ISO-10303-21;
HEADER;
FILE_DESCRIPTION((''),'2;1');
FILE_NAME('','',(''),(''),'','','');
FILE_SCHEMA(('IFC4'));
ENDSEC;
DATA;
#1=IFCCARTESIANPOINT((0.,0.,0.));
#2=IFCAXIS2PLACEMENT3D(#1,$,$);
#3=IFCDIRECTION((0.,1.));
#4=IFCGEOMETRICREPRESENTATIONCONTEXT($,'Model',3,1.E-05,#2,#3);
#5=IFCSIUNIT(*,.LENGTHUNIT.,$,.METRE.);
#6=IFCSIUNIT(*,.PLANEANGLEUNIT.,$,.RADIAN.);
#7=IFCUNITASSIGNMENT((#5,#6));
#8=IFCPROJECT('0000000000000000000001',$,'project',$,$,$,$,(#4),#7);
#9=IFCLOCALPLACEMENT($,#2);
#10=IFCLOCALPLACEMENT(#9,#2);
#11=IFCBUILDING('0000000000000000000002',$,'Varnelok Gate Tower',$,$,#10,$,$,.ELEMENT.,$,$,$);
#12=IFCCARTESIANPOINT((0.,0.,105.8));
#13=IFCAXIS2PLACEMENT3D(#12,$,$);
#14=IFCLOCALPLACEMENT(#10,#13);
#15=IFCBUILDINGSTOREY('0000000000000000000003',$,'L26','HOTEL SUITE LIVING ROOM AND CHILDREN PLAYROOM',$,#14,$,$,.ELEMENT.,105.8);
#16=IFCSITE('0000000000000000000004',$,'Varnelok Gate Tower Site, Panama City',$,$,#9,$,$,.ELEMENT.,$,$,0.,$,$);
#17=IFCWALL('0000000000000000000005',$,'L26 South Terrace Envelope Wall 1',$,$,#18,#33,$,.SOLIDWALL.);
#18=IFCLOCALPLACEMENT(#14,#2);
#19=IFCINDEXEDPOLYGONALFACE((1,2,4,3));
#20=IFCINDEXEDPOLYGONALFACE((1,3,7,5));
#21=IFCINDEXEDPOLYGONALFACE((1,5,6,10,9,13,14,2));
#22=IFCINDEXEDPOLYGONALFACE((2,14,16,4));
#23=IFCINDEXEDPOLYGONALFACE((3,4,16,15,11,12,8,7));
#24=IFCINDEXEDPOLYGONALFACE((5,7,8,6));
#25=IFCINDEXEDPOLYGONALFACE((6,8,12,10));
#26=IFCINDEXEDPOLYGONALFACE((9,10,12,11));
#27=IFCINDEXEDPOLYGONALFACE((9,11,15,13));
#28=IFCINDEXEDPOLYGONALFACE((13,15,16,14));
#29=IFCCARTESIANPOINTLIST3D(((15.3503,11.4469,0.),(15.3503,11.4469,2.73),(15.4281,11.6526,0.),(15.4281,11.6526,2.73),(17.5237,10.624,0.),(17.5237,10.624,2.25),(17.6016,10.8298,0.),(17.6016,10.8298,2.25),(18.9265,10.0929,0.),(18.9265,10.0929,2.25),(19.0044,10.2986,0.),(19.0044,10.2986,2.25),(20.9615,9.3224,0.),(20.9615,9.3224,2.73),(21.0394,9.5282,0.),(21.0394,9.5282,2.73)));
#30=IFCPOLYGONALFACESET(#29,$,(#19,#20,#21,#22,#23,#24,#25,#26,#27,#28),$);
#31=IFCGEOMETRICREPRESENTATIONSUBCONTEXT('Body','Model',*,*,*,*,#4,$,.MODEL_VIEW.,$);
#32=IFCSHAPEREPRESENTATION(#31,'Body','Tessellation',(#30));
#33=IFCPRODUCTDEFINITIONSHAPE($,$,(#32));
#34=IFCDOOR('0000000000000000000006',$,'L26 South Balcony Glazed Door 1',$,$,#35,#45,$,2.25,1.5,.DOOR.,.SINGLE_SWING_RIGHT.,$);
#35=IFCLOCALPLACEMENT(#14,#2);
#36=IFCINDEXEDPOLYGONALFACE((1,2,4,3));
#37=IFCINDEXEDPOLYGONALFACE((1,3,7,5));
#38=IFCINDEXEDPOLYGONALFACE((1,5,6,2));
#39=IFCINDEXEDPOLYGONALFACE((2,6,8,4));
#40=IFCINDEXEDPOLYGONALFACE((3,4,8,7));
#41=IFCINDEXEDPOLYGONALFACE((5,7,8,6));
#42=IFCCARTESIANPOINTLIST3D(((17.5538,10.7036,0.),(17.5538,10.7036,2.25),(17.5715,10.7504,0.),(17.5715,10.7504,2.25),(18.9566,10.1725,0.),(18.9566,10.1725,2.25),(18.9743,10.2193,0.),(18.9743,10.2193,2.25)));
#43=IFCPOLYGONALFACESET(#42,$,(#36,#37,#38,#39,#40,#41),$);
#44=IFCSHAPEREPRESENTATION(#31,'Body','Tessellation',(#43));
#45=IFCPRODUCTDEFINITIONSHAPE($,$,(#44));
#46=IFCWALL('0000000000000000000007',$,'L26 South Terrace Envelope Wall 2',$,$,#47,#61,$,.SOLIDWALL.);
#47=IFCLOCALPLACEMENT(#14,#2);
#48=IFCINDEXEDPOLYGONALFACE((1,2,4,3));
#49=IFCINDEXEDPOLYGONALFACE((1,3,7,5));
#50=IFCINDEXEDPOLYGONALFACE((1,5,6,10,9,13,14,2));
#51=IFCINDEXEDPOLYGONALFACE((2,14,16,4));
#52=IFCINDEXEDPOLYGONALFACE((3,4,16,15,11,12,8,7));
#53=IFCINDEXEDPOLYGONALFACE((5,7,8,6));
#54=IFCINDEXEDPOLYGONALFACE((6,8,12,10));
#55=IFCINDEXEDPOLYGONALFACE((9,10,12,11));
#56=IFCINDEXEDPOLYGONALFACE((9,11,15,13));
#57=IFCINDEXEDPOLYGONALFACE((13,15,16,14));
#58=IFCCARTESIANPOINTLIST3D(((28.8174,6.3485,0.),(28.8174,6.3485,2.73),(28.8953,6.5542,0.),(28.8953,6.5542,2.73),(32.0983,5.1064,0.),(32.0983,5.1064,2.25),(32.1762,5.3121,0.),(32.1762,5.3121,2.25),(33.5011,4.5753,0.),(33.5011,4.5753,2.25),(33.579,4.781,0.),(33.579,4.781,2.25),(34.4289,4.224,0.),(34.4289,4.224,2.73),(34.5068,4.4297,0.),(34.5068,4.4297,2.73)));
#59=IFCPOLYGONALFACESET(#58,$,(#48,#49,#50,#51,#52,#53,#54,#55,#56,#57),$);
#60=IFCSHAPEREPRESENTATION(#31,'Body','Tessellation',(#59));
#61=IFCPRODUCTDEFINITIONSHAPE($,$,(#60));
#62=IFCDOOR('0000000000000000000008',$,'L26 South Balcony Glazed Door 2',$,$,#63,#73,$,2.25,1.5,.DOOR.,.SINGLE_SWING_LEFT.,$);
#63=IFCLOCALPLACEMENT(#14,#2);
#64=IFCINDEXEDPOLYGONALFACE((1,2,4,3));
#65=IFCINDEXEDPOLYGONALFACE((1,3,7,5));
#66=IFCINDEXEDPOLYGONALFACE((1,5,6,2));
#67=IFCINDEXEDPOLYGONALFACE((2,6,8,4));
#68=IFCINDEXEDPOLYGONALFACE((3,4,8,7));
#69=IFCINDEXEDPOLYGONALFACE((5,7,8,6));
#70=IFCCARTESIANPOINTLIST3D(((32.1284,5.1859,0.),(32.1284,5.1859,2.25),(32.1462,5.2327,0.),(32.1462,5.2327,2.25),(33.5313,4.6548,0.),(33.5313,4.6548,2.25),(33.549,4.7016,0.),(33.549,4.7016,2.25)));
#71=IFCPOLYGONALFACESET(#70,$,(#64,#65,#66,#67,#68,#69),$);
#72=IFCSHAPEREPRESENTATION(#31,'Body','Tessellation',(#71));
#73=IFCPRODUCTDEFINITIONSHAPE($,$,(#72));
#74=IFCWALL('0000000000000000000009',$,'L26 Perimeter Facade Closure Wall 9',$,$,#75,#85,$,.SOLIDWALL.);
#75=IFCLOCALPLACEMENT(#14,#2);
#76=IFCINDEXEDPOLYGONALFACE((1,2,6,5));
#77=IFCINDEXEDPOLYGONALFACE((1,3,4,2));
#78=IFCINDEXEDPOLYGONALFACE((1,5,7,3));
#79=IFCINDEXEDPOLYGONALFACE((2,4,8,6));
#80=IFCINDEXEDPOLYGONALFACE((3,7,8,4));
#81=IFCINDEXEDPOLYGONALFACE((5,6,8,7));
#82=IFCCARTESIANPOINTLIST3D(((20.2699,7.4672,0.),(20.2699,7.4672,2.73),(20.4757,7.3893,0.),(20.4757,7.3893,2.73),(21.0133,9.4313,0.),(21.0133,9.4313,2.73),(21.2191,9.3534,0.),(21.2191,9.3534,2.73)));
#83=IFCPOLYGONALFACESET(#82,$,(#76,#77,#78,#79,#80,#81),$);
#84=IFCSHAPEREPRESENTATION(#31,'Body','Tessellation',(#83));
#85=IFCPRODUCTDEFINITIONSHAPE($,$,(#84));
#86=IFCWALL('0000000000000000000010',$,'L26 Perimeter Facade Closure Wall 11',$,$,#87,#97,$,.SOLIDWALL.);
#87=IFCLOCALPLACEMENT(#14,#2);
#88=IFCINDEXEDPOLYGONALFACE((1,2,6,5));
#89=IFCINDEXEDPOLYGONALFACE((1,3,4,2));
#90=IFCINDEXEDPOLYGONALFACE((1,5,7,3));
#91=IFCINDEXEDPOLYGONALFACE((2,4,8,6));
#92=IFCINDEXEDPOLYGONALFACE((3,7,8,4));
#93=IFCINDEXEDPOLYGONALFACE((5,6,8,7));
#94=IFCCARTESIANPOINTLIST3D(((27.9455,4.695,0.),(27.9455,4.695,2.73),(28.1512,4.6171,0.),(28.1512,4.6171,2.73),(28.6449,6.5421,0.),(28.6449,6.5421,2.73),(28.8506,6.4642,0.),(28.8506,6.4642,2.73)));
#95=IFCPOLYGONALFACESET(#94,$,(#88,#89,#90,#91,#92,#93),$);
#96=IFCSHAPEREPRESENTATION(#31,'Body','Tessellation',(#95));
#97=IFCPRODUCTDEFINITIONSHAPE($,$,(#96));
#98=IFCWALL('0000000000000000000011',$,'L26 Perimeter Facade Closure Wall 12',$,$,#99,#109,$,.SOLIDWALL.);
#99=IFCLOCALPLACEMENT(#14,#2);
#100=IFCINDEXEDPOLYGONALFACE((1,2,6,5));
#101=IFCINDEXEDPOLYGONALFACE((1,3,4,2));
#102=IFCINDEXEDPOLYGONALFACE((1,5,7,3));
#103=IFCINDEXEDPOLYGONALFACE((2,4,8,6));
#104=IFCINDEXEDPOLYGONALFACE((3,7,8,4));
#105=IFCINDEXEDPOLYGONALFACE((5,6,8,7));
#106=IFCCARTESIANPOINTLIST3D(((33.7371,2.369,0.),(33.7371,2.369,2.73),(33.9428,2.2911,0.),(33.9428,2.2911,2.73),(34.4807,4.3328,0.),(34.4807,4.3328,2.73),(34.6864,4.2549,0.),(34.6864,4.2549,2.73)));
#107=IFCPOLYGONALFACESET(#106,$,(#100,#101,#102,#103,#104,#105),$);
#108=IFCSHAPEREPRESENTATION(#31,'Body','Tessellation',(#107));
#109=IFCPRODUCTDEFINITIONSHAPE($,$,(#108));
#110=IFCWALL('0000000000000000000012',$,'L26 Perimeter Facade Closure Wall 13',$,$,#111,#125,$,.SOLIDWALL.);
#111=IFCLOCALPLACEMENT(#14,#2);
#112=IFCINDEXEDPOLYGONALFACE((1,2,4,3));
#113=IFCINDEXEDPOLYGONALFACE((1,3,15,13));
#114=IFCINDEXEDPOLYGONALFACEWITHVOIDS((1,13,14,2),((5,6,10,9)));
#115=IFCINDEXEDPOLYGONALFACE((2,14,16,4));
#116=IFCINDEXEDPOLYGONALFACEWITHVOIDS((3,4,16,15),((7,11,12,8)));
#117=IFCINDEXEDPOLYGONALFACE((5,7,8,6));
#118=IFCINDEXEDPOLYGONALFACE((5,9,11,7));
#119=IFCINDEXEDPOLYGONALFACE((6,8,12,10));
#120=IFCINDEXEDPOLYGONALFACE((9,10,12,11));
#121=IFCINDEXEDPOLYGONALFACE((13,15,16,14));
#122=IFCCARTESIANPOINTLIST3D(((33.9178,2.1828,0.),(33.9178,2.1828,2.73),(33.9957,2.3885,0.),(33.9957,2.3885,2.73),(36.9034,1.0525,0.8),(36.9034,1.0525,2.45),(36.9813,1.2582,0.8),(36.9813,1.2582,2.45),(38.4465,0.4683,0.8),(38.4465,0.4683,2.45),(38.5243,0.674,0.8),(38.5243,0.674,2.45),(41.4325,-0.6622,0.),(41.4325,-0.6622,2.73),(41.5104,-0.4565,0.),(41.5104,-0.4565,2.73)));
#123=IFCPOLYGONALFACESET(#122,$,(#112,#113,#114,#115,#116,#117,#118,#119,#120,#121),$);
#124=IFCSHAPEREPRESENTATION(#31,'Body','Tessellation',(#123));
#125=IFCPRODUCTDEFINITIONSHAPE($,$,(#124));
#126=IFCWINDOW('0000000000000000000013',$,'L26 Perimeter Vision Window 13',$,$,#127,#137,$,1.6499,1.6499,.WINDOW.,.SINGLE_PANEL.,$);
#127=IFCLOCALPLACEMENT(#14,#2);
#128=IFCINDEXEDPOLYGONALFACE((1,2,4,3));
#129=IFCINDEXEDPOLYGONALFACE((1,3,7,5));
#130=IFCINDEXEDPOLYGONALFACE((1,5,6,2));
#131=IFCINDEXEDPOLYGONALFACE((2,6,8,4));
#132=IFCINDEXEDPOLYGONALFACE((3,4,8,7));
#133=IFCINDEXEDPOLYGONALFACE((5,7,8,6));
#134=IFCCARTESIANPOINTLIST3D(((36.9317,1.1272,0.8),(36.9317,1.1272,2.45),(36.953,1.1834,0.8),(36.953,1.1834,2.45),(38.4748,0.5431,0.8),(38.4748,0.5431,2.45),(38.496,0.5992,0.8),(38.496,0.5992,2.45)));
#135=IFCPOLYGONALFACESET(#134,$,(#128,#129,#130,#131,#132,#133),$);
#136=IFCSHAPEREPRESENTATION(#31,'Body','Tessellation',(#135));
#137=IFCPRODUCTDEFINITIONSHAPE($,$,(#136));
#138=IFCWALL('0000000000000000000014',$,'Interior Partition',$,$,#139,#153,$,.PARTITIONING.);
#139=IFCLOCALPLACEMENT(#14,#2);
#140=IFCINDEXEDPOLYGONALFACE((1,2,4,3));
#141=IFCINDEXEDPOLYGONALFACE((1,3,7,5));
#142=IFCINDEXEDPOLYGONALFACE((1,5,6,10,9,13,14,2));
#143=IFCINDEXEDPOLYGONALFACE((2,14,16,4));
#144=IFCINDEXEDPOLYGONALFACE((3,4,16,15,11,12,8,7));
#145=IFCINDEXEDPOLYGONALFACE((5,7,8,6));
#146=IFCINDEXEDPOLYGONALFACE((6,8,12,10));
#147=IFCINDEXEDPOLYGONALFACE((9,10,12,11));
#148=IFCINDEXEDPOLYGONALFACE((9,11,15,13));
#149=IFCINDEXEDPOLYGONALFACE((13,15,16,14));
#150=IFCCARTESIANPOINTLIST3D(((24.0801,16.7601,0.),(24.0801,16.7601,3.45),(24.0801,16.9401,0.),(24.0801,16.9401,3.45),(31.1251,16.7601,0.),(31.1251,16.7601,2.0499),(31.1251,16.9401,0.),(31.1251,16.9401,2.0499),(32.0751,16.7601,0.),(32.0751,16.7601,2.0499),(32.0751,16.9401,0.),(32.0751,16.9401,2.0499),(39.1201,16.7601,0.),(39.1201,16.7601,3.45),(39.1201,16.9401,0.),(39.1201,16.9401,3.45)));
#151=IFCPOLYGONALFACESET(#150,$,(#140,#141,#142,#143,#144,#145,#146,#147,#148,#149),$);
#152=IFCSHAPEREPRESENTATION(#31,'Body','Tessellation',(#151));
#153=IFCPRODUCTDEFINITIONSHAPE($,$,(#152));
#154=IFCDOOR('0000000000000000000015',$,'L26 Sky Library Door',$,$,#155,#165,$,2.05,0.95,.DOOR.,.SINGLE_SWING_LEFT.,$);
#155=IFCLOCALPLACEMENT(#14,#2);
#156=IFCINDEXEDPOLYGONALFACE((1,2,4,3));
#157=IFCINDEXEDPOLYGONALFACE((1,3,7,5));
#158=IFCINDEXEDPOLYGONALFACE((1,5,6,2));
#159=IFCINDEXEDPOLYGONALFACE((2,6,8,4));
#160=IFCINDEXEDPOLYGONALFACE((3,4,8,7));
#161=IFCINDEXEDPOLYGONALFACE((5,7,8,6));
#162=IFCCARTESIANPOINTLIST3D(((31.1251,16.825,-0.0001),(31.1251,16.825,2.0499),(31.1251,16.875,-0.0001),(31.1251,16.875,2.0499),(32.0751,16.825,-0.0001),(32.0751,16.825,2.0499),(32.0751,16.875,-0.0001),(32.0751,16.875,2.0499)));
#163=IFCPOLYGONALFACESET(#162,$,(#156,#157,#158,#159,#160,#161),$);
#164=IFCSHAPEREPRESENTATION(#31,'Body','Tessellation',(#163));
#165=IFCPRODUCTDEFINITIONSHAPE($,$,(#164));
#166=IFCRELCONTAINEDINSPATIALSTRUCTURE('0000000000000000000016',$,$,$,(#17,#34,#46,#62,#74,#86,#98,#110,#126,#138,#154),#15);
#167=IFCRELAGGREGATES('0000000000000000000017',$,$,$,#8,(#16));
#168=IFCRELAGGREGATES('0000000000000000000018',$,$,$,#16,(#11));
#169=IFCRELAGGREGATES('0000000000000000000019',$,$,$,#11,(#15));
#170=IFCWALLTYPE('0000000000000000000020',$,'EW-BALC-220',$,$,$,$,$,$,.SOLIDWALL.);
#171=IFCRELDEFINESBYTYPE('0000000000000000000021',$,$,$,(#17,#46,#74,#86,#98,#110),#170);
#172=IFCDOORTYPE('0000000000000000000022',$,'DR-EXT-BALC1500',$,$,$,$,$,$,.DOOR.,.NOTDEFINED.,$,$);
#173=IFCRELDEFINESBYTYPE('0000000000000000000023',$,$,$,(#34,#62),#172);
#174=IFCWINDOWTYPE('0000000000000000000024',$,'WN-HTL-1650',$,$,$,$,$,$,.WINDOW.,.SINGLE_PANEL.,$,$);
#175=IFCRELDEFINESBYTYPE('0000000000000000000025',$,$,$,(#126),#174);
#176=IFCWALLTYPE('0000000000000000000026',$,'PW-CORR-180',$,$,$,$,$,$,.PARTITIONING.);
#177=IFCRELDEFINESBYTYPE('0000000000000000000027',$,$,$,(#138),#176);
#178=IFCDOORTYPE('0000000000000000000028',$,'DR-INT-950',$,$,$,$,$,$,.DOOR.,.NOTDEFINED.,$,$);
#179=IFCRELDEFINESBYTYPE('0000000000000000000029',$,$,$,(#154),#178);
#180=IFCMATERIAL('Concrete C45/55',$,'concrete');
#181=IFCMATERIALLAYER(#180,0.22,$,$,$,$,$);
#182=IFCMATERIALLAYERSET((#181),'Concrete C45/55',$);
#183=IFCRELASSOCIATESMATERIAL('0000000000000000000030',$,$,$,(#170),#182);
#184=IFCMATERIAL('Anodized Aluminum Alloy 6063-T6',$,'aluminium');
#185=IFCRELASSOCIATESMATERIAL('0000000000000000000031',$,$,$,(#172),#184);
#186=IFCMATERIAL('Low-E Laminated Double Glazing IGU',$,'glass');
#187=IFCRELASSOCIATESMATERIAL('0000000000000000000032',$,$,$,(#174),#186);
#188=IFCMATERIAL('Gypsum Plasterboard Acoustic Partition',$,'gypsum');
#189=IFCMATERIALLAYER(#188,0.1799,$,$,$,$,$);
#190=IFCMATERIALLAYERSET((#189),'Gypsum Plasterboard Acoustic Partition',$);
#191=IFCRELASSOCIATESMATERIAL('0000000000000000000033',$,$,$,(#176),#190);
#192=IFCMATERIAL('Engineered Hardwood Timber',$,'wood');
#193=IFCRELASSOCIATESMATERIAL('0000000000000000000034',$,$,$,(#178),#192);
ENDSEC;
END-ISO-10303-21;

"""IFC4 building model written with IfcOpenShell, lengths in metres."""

from ifc_helpers import new_model, si_unit, direction, frame, frame_2d, origin, place, context, subcontext, project, spatial, rectangle, extrude, material, layer, layer_set, type_object, element, fill, save


model = new_model("IFC4")

# Units and contexts
model_context = context("Model", 3, precision=1e-05, world=origin(), true_north=direction((0.0, 1.0)))
body_context = subcontext(model_context, "Body", "Model", "MODEL_VIEW")
ifc_project = project(units=[si_unit("LENGTHUNIT", "METRE"), si_unit("PLANEANGLEUNIT", "RADIAN")], contexts=[model_context])

# Site, building, storey
site_placement = place(None, origin())
site = spatial("IfcSite", under=ifc_project, at=site_placement, Name="Varnelok Gate Tower Site, Panama City", CompositionType="ELEMENT", RefElevation=0.0)
building_placement = place(site_placement, origin())
building = spatial("IfcBuilding", under=site, at=building_placement, Name="Varnelok Gate Tower", CompositionType="ELEMENT")
storey_placement = place(building_placement, frame((0.0, 0.0, 105.8)))
storey = spatial("IfcBuildingStorey", under=building, at=storey_placement, Name="L26", Description="HOTEL SUITE LIVING ROOM AND CHILDREN PLAYROOM", CompositionType="ELEMENT", Elevation=105.8)

# Walls, openings, doors
ifc_material_1 = material(Name="Concrete C45/55", Category="concrete")
ifc_layer_1 = layer(ifc_material_1, 0.22)
ifc_layer_set_1 = layer_set([ifc_layer_1], Name="Concrete C45/55")
wall_type_1 = type_object("IfcWallType", Name="EW-BALC-220", PredefinedType="SOLIDWALL", material=ifc_layer_set_1)
wall_1_placement = place(storey_placement, frame((21.0005, 9.4253, 0.0), z_axis=(0.0, 0.0, 1.0), x_axis=(-0.935214, 0.354083, 0.0)))
wall_1 = element("IfcWall", 1, at=wall_1_placement, inside=storey, type_object=wall_type_1, Name="L26 South Terrace Envelope Wall 1", PredefinedType="SOLIDWALL", context=body_context, shape_type="SweptSolid", body=[
    extrude(rectangle(XDim=6.0, YDim=0.22, at=frame_2d((3.0, 0.0))), origin(), (0.0, 0.0, 1.0), 2.73),
])
opening_1_placement = place(wall_1_placement, frame((2.176, 0.0, 0.0)))
opening_1 = element("IfcOpeningElement", 2, at=opening_1_placement, cuts=wall_1, PredefinedType="OPENING", context=body_context, shape_type="SweptSolid", body=[
    extrude(rectangle(XDim=1.5, YDim=2.25, at=frame_2d((0.75, 1.125))), frame((0.0, 0.1199, 0.0), z_axis=(0.0, -1.0, 0.0), x_axis=(1.0, 0.0, 0.0)), (0.0, 0.0, 1.0), 0.24),
])
ifc_material_2 = material(Name="Anodized Aluminum Alloy 6063-T6", Category="aluminium")
door_type_1 = type_object("IfcDoorType", Name="DR-EXT-BALC1500", OperationType="NOTDEFINED", PredefinedType="DOOR", material=ifc_material_2)
door_1_placement = place(opening_1_placement, origin())
door_1 = element("IfcDoor", 3, at=door_1_placement, inside=storey, type_object=door_type_1, Name="L26 South Balcony Glazed Door 1", OperationType="SINGLE_SWING_RIGHT", OverallHeight=2.25, OverallWidth=1.5, PredefinedType="DOOR", context=body_context, shape_type="SweptSolid", body=[
    extrude(rectangle(XDim=1.5, YDim=2.25, at=frame_2d((0.75, 1.125))), frame((0.0, 0.0249, 0.0), z_axis=(0.0, -1.0, 0.0), x_axis=(1.0, 0.0, 0.0)), (0.0, 0.0, 1.0), 0.05),
])
fill(opening_1, door_1)
wall_2_placement = place(storey_placement, frame((34.4678, 4.3269, 0.0), z_axis=(0.0, 0.0, 1.0), x_axis=(-0.935219, 0.354069, 0.0)))
wall_2 = element("IfcWall", 4, at=wall_2_placement, inside=storey, type_object=wall_type_1, Name="L26 South Terrace Envelope Wall 2", PredefinedType="SOLIDWALL", context=body_context, shape_type="SweptSolid", body=[
    extrude(rectangle(XDim=6.0002, YDim=0.22, at=frame_2d((3.0, 0.0))), origin(), (0.0, 0.0, 1.0), 2.73),
])
opening_2_placement = place(wall_2_placement, frame((0.9919, 0.0, 0.0)))
opening_2 = element("IfcOpeningElement", 5, at=opening_2_placement, cuts=wall_2, PredefinedType="OPENING", context=body_context, shape_type="SweptSolid", body=[
    extrude(rectangle(XDim=1.5, YDim=2.25, at=frame_2d((0.75, 1.125))), frame((0.0, 0.1199, 0.0), z_axis=(0.0, -1.0, 0.0), x_axis=(1.0, 0.0, 0.0)), (0.0, 0.0, 1.0), 0.24),
])
door_2_placement = place(opening_2_placement, origin())
door_2 = element("IfcDoor", 6, at=door_2_placement, inside=storey, type_object=door_type_1, Name="L26 South Balcony Glazed Door 2", OperationType="SINGLE_SWING_LEFT", OverallHeight=2.25, OverallWidth=1.5, PredefinedType="DOOR", context=body_context, shape_type="SweptSolid", body=[
    extrude(rectangle(XDim=1.5, YDim=2.25, at=frame_2d((0.75, 1.125))), frame((0.0, 0.0249, 0.0), z_axis=(0.0, -1.0, 0.0), x_axis=(1.0, 0.0, 0.0)), (0.0, 0.0, 1.0), 0.05),
])
fill(opening_2, door_2)

# Walls
wall_3_placement = place(storey_placement, frame((21.1162, 9.3923, 0.0), z_axis=(0.0, 0.0, 1.0), x_axis=(-0.353988, -0.93525, 0.0)))
element("IfcWall", 7, at=wall_3_placement, inside=storey, type_object=wall_type_1, Name="L26 Perimeter Facade Closure Wall 9", PredefinedType="SOLIDWALL", context=body_context, shape_type="SweptSolid", body=[
    extrude(rectangle(XDim=2.1001, YDim=0.22, at=frame_2d((1.05, 0.0))), origin(), (0.0, 0.0, 1.0), 2.73),
])
wall_4_placement = place(storey_placement, frame((28.0483, 4.656, 0.0), z_axis=(0.0, 0.0, 1.0), x_axis=(0.354129, 0.935197, 0.0)))
element("IfcWall", 8, at=wall_4_placement, inside=storey, type_object=wall_type_1, Name="L26 Perimeter Facade Closure Wall 11", PredefinedType="SOLIDWALL", context=body_context, shape_type="SweptSolid", body=[
    extrude(rectangle(XDim=1.9751, YDim=0.22, at=frame_2d((0.9875, 0.0))), origin(), (0.0, 0.0, 1.0), 2.73),
])
wall_5_placement = place(storey_placement, frame((34.5835, 4.2937, 0.0), z_axis=(0.0, 0.0, 1.0), x_axis=(-0.354128, -0.935197, 0.0)))
element("IfcWall", 9, at=wall_5_placement, inside=storey, type_object=wall_type_1, Name="L26 Perimeter Facade Closure Wall 12", PredefinedType="SOLIDWALL", context=body_context, shape_type="SweptSolid", body=[
    extrude(rectangle(XDim=2.0999, YDim=0.22, at=frame_2d((1.0498, 0.0))), origin(), (0.0, 0.0, 1.0), 2.73),
])

# Wall, opening, window
wall_6_placement = place(storey_placement, frame((33.9568, 2.2856, 0.0), z_axis=(0.0, 0.0, 1.0), x_axis=(0.935221, -0.354065, 0.0)))
wall_6 = element("IfcWall", 10, at=wall_6_placement, inside=storey, type_object=wall_type_1, Name="L26 Perimeter Facade Closure Wall 13", PredefinedType="SOLIDWALL", context=body_context, shape_type="SweptSolid", body=[
    extrude(rectangle(XDim=8.0352, YDim=0.22, at=frame_2d((4.0176, 0.0))), origin(), (0.0, 0.0, 1.0), 2.73),
])
opening_3_placement = place(wall_6_placement, frame((3.1924, 0.0, 0.8)))
opening_3 = element("IfcOpeningElement", 11, at=opening_3_placement, cuts=wall_6, PredefinedType="OPENING", context=body_context, shape_type="SweptSolid", body=[
    extrude(rectangle(XDim=1.6499, YDim=1.6499, at=frame_2d((0.825, 0.825))), frame((0.0, 0.1199, 0.0), z_axis=(0.0, -1.0, 0.0), x_axis=(1.0, 0.0, 0.0)), (0.0, 0.0, 1.0), 0.24),
])
ifc_material_3 = material(Name="Low-E Laminated Double Glazing IGU", Category="glass")
window_type = type_object("IfcWindowType", Name="WN-HTL-1650", PartitioningType="SINGLE_PANEL", PredefinedType="WINDOW", material=ifc_material_3)
window_placement = place(opening_3_placement, origin())
window = element("IfcWindow", 12, at=window_placement, inside=storey, type_object=window_type, Name="L26 Perimeter Vision Window 13", OverallHeight=1.6499, OverallWidth=1.6499, PartitioningType="SINGLE_PANEL", PredefinedType="WINDOW", context=body_context, shape_type="SweptSolid", body=[
    extrude(rectangle(XDim=1.6499, YDim=1.6499, at=frame_2d((0.825, 0.825))), frame((0.0, 0.03, 0.0), z_axis=(0.0, -1.0, 0.0), x_axis=(1.0, 0.0, 0.0)), (0.0, 0.0, 1.0), 0.0601),
])
fill(opening_3, window)

# Wall, opening, door
ifc_material_4 = material(Name="Gypsum Plasterboard Acoustic Partition", Category="gypsum")
ifc_layer_2 = layer(ifc_material_4, 0.1799)
ifc_layer_set_2 = layer_set([ifc_layer_2], Name="Gypsum Plasterboard Acoustic Partition")
wall_type_2 = type_object("IfcWallType", Name="PW-CORR-180", PredefinedType="PARTITIONING", material=ifc_layer_set_2)
wall_7_placement = place(storey_placement, frame((24.0801, 16.8501, 0.0), z_axis=(0.0, 0.0, 1.0), x_axis=(1.0, 0.0, 0.0)))
wall_7 = element("IfcWall", 13, at=wall_7_placement, inside=storey, type_object=wall_type_2, Name="Interior Partition", PredefinedType="PARTITIONING", context=body_context, shape_type="SweptSolid", body=[
    extrude(rectangle(XDim=15.04, YDim=0.1799, at=frame_2d((7.52, 0.0))), origin(), (0.0, 0.0, 1.0), 3.45),
])
opening_4_placement = place(wall_7_placement, frame((7.0449, 0.0, 0.0)))
opening_4 = element("IfcOpeningElement", 14, at=opening_4_placement, cuts=wall_7, PredefinedType="OPENING", context=body_context, shape_type="SweptSolid", body=[
    extrude(rectangle(XDim=0.95, YDim=2.05, at=frame_2d((0.4751, 1.0249))), frame((0.0, 0.0999, 0.0), z_axis=(0.0, -1.0, 0.0), x_axis=(1.0, 0.0, 0.0)), (0.0, 0.0, 1.0), 0.2),
])
ifc_material_5 = material(Name="Engineered Hardwood Timber", Category="wood")
door_type_2 = type_object("IfcDoorType", Name="DR-INT-950", OperationType="NOTDEFINED", PredefinedType="DOOR", material=ifc_material_5)
door_3_placement = place(opening_4_placement, origin())
door_3 = element("IfcDoor", 15, at=door_3_placement, inside=storey, type_object=door_type_2, Name="L26 Sky Library Door", OperationType="SINGLE_SWING_LEFT", OverallHeight=2.05, OverallWidth=0.95, PredefinedType="DOOR", context=body_context, shape_type="SweptSolid", body=[
    extrude(rectangle(XDim=0.95, YDim=2.05, at=frame_2d((0.4751, 1.0249))), frame((0.0, 0.0249, 0.0), z_axis=(0.0, -1.0, 0.0), x_axis=(1.0, 0.0, 0.0)), (0.0, 0.0, 1.0), 0.05),
])
fill(opening_4, door_3)

save(model, "model.ifc")
